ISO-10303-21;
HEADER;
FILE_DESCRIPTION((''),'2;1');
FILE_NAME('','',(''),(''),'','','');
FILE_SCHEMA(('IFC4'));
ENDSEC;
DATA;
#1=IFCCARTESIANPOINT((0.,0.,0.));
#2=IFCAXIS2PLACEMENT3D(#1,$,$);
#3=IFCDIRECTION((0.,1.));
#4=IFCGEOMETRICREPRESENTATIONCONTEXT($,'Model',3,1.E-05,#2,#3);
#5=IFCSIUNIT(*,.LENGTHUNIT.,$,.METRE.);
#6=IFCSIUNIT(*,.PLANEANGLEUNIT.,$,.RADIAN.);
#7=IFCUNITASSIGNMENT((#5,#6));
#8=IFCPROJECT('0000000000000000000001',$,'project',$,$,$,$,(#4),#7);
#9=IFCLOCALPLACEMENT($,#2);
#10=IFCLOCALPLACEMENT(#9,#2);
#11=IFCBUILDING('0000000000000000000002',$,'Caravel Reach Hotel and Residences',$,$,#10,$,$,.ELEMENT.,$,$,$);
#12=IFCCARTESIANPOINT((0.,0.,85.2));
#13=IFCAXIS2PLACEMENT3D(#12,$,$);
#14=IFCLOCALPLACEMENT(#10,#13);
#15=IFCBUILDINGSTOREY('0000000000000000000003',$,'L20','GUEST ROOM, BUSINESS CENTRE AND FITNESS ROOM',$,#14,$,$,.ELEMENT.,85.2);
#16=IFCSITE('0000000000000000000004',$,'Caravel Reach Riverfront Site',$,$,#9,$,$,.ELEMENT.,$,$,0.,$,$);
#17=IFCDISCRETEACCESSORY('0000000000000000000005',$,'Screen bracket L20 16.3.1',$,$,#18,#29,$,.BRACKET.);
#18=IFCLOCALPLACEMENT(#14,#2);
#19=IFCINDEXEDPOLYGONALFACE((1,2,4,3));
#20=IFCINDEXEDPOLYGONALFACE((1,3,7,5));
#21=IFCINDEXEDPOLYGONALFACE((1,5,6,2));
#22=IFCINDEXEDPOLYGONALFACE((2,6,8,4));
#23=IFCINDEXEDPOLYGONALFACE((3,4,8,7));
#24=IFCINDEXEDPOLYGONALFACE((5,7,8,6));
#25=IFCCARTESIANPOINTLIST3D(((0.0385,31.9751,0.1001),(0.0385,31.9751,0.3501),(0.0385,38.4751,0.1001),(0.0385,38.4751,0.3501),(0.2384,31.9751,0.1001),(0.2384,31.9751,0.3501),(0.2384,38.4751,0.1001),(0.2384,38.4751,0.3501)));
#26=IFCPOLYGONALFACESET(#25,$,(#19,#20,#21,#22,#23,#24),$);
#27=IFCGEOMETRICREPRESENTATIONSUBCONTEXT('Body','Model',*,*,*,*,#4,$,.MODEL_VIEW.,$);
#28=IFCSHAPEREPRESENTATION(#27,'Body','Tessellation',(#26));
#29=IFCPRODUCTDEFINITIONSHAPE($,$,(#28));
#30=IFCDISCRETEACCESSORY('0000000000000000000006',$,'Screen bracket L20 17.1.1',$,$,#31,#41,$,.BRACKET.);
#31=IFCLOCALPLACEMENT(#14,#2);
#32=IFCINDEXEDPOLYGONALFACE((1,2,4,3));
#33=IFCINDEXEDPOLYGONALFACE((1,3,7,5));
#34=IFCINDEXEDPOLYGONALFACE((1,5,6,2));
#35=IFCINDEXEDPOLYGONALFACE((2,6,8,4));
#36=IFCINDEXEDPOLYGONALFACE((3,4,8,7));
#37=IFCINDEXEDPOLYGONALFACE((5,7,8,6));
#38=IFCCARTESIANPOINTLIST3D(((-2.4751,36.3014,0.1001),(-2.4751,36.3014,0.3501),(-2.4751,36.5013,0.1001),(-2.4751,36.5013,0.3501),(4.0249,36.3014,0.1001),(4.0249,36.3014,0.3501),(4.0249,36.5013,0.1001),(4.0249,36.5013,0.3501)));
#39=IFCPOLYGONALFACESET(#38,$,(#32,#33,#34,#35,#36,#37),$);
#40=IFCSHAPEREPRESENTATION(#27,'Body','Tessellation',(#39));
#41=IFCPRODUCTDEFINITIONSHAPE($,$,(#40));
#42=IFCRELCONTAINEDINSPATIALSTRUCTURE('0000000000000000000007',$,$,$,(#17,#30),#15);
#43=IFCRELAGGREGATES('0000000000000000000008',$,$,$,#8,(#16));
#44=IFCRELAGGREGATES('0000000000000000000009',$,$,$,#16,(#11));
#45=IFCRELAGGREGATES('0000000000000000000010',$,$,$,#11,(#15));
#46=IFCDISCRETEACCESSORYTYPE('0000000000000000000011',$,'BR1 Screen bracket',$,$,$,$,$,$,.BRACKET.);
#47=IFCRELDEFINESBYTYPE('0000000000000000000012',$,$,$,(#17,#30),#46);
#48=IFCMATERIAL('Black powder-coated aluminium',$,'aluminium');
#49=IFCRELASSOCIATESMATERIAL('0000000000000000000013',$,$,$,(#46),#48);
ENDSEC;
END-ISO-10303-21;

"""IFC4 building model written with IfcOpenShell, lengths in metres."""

from ifc_helpers import new_model, si_unit, direction, frame, origin, origin_2d, place, context, subcontext, project, spatial, rectangle, extrude, material, type_object, element, save


model = new_model("IFC4")

# Units and contexts
model_context = context("Model", 3, precision=1e-05, world=origin(), true_north=direction((0.0, 1.0)))
body_context = subcontext(model_context, "Body", "Model", "MODEL_VIEW")
ifc_project = project(units=[si_unit("LENGTHUNIT", "METRE"), si_unit("PLANEANGLEUNIT", "RADIAN")], contexts=[model_context])

# Site, building, storey
site_placement = place(None, origin())
site = spatial("IfcSite", under=ifc_project, at=site_placement, Name="Caravel Reach Riverfront Site", CompositionType="ELEMENT", RefElevation=0.0)
building_placement = place(site_placement, origin())
building = spatial("IfcBuilding", under=site, at=building_placement, Name="Caravel Reach Hotel and Residences", CompositionType="ELEMENT")
storey_placement = place(building_placement, frame((0.0, 0.0, 85.2)))
storey = spatial("IfcBuildingStorey", under=building, at=storey_placement, Name="L20", Description="GUEST ROOM, BUSINESS CENTRE AND FITNESS ROOM", CompositionType="ELEMENT", Elevation=85.2)

# Discrete accessories
ifc_material_1 = material(Name="Black powder-coated aluminium", Category="aluminium")
discrete_accessory_type = type_object("IfcDiscreteAccessoryType", Name="BR1 Screen bracket", PredefinedType="BRACKET", material=ifc_material_1)
for number, where, z_axis, x_axis, name in (
    (1, (0.1384, 35.2251, 0.1001), (0.0, 0.0, 1.0), (0.0, 1.0, 0.0), "Screen bracket L20 16.3.1"),
    (2, (0.7749, 36.4014, 0.1001), (0.0, 0.0, 1.0), (-1.0, 0.0, 0.0), "Screen bracket L20 17.1.1"),
):
    element("IfcDiscreteAccessory", number, at=place(storey_placement, frame(where, z_axis=z_axis, x_axis=x_axis)), inside=storey, type_object=discrete_accessory_type, Name=name, PredefinedType="BRACKET", context=body_context, shape_type="SweptSolid", body=[
        extrude(rectangle(XDim=6.5, YDim=0.2, at=origin_2d()), origin(), (0.0, 0.0, 1.0), 0.25),
    ])

save(model, "model.ifc")
